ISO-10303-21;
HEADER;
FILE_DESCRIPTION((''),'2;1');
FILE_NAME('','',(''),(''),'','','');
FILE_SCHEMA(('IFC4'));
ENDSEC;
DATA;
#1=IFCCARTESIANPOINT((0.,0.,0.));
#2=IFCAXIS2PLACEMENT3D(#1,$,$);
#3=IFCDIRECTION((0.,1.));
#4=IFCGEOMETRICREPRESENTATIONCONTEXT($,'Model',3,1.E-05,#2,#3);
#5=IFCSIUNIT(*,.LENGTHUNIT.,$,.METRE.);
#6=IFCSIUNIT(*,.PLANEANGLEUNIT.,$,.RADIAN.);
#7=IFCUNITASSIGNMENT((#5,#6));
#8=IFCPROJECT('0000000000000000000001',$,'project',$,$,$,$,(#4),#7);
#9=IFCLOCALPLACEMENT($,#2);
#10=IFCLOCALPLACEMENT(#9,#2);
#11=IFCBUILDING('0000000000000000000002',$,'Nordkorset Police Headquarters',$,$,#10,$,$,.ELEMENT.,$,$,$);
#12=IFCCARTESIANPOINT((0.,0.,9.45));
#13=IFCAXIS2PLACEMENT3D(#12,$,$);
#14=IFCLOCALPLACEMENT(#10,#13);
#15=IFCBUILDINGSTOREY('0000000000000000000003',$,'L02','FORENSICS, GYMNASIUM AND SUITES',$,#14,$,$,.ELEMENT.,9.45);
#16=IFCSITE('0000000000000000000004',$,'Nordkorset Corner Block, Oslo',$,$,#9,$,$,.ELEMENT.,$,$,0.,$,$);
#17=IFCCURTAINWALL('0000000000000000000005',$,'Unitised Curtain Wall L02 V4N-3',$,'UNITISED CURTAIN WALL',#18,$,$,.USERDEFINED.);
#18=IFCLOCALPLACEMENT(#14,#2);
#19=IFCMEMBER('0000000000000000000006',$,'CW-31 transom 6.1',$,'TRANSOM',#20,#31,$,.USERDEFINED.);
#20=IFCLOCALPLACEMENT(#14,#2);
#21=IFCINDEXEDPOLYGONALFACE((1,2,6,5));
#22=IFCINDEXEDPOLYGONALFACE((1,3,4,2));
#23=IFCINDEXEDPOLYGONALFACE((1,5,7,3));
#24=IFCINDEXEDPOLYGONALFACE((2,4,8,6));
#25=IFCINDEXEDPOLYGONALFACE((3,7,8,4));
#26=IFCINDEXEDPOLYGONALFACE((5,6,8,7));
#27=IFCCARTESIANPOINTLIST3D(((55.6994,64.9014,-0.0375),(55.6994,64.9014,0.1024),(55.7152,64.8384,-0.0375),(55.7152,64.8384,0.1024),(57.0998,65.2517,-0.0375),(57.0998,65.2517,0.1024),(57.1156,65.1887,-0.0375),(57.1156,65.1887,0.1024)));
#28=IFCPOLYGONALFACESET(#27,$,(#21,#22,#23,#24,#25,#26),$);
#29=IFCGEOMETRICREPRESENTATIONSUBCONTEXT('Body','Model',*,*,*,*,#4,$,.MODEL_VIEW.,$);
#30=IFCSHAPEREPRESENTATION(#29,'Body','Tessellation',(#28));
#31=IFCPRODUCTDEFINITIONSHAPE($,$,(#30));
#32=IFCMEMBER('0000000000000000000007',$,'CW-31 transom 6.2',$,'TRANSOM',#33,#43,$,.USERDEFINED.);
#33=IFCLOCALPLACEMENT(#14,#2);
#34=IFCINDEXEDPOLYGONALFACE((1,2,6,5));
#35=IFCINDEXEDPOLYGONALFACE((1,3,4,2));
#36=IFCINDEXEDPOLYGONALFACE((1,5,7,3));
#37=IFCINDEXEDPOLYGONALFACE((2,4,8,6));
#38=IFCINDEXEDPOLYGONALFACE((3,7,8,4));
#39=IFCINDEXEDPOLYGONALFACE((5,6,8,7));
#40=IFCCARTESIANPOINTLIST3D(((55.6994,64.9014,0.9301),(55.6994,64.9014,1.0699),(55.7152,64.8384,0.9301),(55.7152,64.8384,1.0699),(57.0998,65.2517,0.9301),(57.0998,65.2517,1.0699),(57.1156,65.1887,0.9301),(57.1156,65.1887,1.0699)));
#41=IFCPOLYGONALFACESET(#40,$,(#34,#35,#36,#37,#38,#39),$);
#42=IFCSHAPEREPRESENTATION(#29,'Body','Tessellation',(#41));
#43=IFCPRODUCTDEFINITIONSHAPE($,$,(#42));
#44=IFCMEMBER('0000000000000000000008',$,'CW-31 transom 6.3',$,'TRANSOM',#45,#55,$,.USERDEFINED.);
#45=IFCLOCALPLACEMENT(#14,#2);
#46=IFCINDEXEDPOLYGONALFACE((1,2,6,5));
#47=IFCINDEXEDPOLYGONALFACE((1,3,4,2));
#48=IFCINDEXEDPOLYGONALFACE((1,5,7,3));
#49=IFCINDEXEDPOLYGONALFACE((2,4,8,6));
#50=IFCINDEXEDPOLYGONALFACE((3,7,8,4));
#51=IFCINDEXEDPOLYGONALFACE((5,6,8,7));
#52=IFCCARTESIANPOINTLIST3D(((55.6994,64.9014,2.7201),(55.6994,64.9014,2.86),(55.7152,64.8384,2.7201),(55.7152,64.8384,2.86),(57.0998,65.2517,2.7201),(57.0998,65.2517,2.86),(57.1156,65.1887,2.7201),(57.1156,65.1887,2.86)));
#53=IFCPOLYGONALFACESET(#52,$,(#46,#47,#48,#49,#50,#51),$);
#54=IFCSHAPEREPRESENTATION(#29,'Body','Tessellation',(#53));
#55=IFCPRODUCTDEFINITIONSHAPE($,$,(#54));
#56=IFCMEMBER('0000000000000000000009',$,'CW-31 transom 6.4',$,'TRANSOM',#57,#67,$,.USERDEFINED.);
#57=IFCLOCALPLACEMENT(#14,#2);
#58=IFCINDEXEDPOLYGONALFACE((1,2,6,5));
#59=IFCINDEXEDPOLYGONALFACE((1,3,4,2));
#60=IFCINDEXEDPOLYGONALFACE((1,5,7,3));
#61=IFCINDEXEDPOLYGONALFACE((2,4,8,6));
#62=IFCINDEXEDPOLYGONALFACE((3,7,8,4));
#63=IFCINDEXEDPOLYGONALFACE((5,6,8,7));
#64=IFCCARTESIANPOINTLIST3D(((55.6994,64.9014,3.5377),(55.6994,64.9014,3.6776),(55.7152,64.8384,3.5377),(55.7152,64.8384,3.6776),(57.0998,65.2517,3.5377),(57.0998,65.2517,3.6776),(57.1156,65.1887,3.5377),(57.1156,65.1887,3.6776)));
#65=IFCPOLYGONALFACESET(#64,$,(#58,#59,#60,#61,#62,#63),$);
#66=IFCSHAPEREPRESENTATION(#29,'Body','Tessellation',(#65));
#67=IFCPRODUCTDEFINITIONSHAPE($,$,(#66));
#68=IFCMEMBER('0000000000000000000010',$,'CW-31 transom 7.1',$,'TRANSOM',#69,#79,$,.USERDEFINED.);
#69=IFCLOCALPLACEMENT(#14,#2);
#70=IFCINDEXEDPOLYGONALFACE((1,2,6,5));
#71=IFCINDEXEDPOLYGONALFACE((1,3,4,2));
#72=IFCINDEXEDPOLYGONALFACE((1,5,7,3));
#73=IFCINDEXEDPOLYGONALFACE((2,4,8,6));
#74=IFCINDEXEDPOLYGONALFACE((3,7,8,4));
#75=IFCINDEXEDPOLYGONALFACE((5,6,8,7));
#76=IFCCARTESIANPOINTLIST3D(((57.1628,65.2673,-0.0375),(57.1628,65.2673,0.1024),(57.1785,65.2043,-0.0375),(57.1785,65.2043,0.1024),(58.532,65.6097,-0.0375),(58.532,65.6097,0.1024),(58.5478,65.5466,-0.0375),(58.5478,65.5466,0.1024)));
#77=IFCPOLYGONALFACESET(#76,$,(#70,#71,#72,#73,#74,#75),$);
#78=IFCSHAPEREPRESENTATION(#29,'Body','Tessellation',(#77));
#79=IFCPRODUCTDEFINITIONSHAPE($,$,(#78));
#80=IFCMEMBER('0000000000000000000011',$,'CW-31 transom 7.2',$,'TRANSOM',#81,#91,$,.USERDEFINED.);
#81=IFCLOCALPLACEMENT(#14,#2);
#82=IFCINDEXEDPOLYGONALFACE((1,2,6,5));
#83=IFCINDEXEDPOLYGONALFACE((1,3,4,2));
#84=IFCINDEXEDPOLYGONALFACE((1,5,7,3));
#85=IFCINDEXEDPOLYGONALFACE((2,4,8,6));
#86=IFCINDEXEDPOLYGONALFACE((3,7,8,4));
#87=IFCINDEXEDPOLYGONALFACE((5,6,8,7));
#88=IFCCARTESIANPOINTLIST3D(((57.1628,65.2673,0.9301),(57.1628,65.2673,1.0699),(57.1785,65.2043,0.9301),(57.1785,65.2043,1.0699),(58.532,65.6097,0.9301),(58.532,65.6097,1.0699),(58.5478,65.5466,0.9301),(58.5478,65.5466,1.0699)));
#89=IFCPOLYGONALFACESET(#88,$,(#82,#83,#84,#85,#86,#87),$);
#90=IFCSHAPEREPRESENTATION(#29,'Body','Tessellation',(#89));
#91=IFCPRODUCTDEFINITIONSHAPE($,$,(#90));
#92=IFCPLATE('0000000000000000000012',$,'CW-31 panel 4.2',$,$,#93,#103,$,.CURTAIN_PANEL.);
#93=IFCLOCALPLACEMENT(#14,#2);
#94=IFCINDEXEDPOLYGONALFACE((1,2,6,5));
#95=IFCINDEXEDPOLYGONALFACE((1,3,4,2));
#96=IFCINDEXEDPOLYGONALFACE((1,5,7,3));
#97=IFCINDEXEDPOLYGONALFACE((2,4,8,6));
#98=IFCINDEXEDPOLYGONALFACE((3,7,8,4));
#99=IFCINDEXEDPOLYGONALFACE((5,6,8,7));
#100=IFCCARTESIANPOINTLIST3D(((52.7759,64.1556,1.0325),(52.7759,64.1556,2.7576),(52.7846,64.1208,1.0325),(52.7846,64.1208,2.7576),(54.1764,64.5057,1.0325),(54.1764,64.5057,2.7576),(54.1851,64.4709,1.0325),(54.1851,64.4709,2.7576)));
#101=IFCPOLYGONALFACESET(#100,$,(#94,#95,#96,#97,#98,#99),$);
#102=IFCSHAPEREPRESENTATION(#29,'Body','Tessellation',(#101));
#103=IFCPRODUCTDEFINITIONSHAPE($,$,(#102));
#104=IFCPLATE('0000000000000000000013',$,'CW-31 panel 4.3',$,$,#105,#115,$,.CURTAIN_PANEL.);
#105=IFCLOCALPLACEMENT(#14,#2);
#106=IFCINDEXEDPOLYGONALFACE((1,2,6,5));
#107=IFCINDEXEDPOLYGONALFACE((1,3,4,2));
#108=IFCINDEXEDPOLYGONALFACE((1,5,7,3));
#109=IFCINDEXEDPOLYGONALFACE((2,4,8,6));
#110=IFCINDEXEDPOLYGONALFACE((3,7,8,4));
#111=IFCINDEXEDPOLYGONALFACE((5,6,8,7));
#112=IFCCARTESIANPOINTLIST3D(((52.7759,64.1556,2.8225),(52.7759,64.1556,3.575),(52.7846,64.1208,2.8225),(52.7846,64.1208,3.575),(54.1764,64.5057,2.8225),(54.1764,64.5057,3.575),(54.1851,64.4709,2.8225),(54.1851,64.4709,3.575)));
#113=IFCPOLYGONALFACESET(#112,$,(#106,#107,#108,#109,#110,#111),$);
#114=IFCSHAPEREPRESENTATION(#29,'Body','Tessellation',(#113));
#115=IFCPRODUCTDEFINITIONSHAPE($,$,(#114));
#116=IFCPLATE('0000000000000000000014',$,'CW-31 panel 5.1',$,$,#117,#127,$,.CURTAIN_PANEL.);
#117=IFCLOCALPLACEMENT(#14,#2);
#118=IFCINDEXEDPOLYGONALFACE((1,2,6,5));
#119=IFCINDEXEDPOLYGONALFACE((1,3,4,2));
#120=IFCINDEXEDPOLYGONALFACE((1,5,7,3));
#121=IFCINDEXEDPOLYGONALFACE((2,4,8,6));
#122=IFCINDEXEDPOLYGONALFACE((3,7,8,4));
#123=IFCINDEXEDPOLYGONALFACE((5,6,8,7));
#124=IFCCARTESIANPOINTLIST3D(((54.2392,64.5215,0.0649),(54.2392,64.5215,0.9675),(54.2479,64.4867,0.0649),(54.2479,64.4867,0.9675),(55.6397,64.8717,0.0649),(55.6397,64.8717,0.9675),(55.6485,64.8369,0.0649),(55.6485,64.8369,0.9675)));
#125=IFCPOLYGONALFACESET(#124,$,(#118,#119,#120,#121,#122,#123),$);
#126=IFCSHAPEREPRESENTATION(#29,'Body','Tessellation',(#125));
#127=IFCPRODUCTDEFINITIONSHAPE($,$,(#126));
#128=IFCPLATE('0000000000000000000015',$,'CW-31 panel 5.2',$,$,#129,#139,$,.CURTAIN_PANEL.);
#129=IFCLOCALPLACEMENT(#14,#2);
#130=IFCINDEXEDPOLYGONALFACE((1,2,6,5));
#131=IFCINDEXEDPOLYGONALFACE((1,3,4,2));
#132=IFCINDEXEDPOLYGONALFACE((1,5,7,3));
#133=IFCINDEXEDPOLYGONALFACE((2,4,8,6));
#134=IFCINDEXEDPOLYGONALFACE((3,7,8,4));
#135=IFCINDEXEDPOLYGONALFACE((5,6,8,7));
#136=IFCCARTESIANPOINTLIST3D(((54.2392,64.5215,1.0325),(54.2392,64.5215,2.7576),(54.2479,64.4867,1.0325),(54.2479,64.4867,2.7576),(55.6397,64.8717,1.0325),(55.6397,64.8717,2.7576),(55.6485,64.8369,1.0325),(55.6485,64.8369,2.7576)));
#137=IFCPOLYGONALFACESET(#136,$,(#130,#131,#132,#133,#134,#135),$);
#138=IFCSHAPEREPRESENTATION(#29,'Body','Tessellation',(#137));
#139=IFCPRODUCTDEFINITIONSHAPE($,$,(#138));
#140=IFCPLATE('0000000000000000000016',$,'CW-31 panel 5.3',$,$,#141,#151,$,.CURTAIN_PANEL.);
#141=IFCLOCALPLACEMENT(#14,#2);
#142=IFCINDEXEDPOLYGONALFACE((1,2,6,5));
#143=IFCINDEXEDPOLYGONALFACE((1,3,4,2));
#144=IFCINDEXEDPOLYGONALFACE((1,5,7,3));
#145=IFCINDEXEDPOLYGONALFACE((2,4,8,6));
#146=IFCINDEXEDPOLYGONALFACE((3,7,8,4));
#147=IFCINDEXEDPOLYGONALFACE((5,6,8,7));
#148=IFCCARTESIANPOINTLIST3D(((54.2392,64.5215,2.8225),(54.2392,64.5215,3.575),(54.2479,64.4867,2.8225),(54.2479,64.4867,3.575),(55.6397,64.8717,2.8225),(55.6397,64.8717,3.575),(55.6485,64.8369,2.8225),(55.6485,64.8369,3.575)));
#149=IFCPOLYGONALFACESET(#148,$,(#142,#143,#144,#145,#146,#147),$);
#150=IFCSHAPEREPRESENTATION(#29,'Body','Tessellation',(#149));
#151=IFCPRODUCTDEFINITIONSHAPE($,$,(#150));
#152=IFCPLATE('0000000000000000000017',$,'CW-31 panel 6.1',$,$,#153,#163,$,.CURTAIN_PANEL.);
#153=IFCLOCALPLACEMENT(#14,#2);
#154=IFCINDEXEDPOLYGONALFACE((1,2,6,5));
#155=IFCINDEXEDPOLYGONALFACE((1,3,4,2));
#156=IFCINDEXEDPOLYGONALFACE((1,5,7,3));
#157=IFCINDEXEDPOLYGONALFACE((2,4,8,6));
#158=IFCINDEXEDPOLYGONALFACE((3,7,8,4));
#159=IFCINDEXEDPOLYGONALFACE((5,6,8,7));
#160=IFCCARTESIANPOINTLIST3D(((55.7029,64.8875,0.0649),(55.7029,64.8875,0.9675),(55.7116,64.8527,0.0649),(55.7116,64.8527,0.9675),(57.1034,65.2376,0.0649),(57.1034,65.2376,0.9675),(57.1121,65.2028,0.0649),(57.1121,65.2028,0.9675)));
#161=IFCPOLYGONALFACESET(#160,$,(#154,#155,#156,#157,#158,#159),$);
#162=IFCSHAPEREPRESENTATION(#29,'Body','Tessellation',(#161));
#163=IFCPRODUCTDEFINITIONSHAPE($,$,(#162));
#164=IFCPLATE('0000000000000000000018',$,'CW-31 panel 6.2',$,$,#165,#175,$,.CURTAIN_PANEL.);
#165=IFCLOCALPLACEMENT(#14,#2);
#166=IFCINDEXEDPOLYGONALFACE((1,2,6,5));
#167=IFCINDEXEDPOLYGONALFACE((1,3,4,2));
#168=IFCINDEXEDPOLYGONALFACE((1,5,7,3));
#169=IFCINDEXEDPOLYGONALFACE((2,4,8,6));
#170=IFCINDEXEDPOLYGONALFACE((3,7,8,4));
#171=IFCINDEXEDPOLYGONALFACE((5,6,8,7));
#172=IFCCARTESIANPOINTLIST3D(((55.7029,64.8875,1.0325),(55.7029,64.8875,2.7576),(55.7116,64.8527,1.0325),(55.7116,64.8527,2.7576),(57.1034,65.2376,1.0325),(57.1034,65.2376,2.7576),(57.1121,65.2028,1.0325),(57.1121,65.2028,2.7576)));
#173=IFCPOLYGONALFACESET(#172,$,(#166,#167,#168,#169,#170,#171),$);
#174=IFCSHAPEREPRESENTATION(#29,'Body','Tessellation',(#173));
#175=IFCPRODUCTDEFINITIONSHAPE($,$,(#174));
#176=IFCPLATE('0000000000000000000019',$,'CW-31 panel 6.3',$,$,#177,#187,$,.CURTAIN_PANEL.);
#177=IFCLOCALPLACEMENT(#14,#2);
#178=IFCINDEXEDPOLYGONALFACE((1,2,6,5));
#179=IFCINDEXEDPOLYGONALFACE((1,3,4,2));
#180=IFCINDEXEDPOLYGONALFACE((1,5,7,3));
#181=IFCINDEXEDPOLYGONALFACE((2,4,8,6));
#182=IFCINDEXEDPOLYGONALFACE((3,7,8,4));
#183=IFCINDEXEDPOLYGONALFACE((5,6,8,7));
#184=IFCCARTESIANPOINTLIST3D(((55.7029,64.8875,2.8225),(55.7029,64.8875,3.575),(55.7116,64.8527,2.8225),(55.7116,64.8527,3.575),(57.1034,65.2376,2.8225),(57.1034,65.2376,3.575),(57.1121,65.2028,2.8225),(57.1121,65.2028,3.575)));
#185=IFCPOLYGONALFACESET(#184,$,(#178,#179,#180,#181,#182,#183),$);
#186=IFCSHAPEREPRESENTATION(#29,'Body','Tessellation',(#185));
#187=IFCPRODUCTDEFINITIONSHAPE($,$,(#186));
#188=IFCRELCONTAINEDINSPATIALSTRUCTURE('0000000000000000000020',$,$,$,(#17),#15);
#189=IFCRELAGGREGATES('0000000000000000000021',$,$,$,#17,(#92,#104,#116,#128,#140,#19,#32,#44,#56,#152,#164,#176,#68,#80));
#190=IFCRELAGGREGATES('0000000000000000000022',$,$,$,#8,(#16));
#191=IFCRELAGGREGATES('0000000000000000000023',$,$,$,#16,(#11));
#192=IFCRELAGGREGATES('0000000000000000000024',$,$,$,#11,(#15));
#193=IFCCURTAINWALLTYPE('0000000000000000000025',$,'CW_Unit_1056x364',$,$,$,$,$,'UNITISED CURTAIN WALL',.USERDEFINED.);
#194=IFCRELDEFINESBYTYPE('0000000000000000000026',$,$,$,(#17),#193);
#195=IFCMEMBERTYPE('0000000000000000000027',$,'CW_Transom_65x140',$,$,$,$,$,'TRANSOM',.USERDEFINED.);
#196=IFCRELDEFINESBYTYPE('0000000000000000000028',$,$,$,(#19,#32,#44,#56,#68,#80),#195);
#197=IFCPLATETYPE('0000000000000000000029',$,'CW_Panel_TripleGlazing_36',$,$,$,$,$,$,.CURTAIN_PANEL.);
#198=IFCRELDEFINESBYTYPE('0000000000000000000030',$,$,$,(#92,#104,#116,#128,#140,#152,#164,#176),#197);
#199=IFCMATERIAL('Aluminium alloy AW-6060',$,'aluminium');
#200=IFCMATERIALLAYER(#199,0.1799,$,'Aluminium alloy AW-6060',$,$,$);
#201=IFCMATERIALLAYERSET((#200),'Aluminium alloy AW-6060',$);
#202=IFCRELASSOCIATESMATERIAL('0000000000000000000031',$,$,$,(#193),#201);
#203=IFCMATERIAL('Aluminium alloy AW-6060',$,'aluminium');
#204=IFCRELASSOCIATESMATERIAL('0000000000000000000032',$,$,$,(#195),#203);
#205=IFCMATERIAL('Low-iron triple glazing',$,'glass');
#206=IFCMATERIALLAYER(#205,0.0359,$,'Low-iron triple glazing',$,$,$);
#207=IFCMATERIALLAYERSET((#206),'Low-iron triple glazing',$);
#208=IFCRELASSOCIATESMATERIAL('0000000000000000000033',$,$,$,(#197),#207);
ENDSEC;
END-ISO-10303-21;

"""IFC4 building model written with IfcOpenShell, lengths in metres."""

from ifc_helpers import new_model, si_unit, direction, frame, origin, origin_2d, place, context, subcontext, project, spatial, rectangle, extrude, material, layer, layer_set, material_profile, profile_set, type_object, element, aggregate, save


model = new_model("IFC4")

# Units and contexts
model_context = context("Model", 3, precision=1e-05, world=origin(), true_north=direction((0.0, 1.0)))
body_context = subcontext(model_context, "Body", "Model", "MODEL_VIEW")
ifc_project = project(units=[si_unit("LENGTHUNIT", "METRE"), si_unit("PLANEANGLEUNIT", "RADIAN")], contexts=[model_context])

# Site, building, storey
site_placement = place(None, origin())
site = spatial("IfcSite", under=ifc_project, at=site_placement, Name="Nordkorset Corner Block, Oslo", CompositionType="ELEMENT", RefElevation=0.0)
building_placement = place(site_placement, origin())
building = spatial("IfcBuilding", under=site, at=building_placement, Name="Nordkorset Police Headquarters", CompositionType="ELEMENT")
storey_placement = place(building_placement, frame((0.0, 0.0, 9.45)))
storey = spatial("IfcBuildingStorey", under=building, at=storey_placement, Name="L02", Description="FORENSICS, GYMNASIUM AND SUITES", CompositionType="ELEMENT", Elevation=9.45)

# Curtain wall, members, plates
ifc_material_1 = material(Name="Aluminium alloy AW-6060", Category="aluminium")
ifc_layer_1 = layer(ifc_material_1, 0.1799, Name="Aluminium alloy AW-6060")
ifc_layer_set_1 = layer_set([ifc_layer_1], Name="Aluminium alloy AW-6060")
curtain_wall_type = type_object("IfcCurtainWallType", Name="CW_Unit_1056x364", ElementType="UNITISED CURTAIN WALL", PredefinedType="USERDEFINED", material=ifc_layer_set_1)
curtain_wall_placement = place(storey_placement, origin())
curtain_wall = element("IfcCurtainWall", 1, at=curtain_wall_placement, inside=storey, type_object=curtain_wall_type, Name="Unitised Curtain Wall L02 V4N-3", ObjectType="UNITISED CURTAIN WALL", PredefinedType="USERDEFINED")
ifc_material_2 = material(Name="Aluminium alloy AW-6060", Category="aluminium")
ifc_material_profile_1 = material_profile(ifc_material_2, rectangle(XDim=0.0649, YDim=0.1399, at=origin_2d()), Name="ALU TRAN 65x140")
ifc_profile_set_1 = profile_set([ifc_material_profile_1], Name="Aluminium alloy AW-6060")
member_type_1 = type_object("IfcMemberType", Name="CW_Transom_65x140", ElementType="TRANSOM", PredefinedType="USERDEFINED", material=ifc_profile_set_1)
member_1_placement = place(storey_placement, frame((55.7073, 64.8699, 0.0325), z_axis=(0.970103, 0.242695, 0.0), x_axis=(-0.242695, 0.970103, 0.0)))
member_1 = element("IfcMember", 2, at=member_1_placement, type_object=member_type_1, Name="CW-31 transom 6.1", ObjectType="TRANSOM", PredefinedType="USERDEFINED", context=body_context, shape_type="SweptSolid", body=[
    extrude(rectangle(XDim=0.0649, YDim=0.1399, at=origin_2d()), origin(), (0.0, 0.0, 1.0), 1.4436),
])
member_2_placement = place(storey_placement, frame((55.7073, 64.8699, 1.0), z_axis=(0.970103, 0.242695, 0.0), x_axis=(-0.242695, 0.970103, 0.0)))
member_2 = element("IfcMember", 3, at=member_2_placement, type_object=member_type_1, Name="CW-31 transom 6.2", ObjectType="TRANSOM", PredefinedType="USERDEFINED", context=body_context, shape_type="SweptSolid", body=[
    extrude(rectangle(XDim=0.0649, YDim=0.1399, at=origin_2d()), origin(), (0.0, 0.0, 1.0), 1.4436),
])
member_3_placement = place(storey_placement, frame((55.7073, 64.8699, 2.79), z_axis=(0.970103, 0.242695, 0.0), x_axis=(-0.242695, 0.970103, 0.0)))
member_3 = element("IfcMember", 4, at=member_3_placement, type_object=member_type_1, Name="CW-31 transom 6.3", ObjectType="TRANSOM", PredefinedType="USERDEFINED", context=body_context, shape_type="SweptSolid", body=[
    extrude(rectangle(XDim=0.0649, YDim=0.1399, at=origin_2d()), origin(), (0.0, 0.0, 1.0), 1.4436),
])
member_4_placement = place(storey_placement, frame((55.7073, 64.8699, 3.6077), z_axis=(0.970103, 0.242695, 0.0), x_axis=(-0.242695, 0.970103, 0.0)))
member_4 = element("IfcMember", 5, at=member_4_placement, type_object=member_type_1, Name="CW-31 transom 6.4", ObjectType="TRANSOM", PredefinedType="USERDEFINED", context=body_context, shape_type="SweptSolid", body=[
    extrude(rectangle(XDim=0.0649, YDim=0.1399, at=origin_2d()), origin(), (0.0, 0.0, 1.0), 1.4436),
])
member_5_placement = place(storey_placement, frame((57.1707, 65.2358, 0.0325), z_axis=(0.970143, 0.242536, 0.0), x_axis=(-0.242536, 0.970143, 0.0)))
member_5 = element("IfcMember", 6, at=member_5_placement, type_object=member_type_1, Name="CW-31 transom 7.1", ObjectType="TRANSOM", PredefinedType="USERDEFINED", context=body_context, shape_type="SweptSolid", body=[
    extrude(rectangle(XDim=0.0649, YDim=0.1399, at=origin_2d()), origin(), (0.0, 0.0, 1.0), 1.4114),
])
member_6_placement = place(storey_placement, frame((57.1707, 65.2358, 1.0), z_axis=(0.970143, 0.242536, 0.0), x_axis=(-0.242536, 0.970143, 0.0)))
member_6 = element("IfcMember", 7, at=member_6_placement, type_object=member_type_1, Name="CW-31 transom 7.2", ObjectType="TRANSOM", PredefinedType="USERDEFINED", context=body_context, shape_type="SweptSolid", body=[
    extrude(rectangle(XDim=0.0649, YDim=0.1399, at=origin_2d()), origin(), (0.0, 0.0, 1.0), 1.4114),
])
ifc_material_3 = material(Name="Low-iron triple glazing", Category="glass")
ifc_layer_2 = layer(ifc_material_3, 0.0359, Name="Low-iron triple glazing")
ifc_layer_set_2 = layer_set([ifc_layer_2], Name="Low-iron triple glazing")
plate_type = type_object("IfcPlateType", Name="CW_Panel_TripleGlazing_36", PredefinedType="CURTAIN_PANEL", material=ifc_layer_set_2)
plate_1_placement = place(storey_placement, frame((53.4805, 64.3132, 1.0325), z_axis=(0.0, 0.0, 1.0), x_axis=(0.970142, 0.242536, 0.0)))
plate_1 = element("IfcPlate", 8, at=plate_1_placement, type_object=plate_type, Name="CW-31 panel 4.2", PredefinedType="CURTAIN_PANEL", context=body_context, shape_type="SweptSolid", body=[
    extrude(rectangle(XDim=1.4436, YDim=0.0359, at=origin_2d()), origin(), (0.0, 0.0, 1.0), 1.7251),
])
plate_2_placement = place(storey_placement, frame((53.4805, 64.3132, 2.8225), z_axis=(0.0, 0.0, 1.0), x_axis=(0.970142, 0.242536, 0.0)))
plate_2 = element("IfcPlate", 9, at=plate_2_placement, type_object=plate_type, Name="CW-31 panel 4.3", PredefinedType="CURTAIN_PANEL", context=body_context, shape_type="SweptSolid", body=[
    extrude(rectangle(XDim=1.4436, YDim=0.0359, at=origin_2d()), origin(), (0.0, 0.0, 1.0), 0.7524),
])
plate_3_placement = place(storey_placement, frame((54.9438, 64.6792, 0.0649), z_axis=(0.0, 0.0, 1.0), x_axis=(0.970142, 0.242536, 0.0)))
plate_3 = element("IfcPlate", 10, at=plate_3_placement, type_object=plate_type, Name="CW-31 panel 5.1", PredefinedType="CURTAIN_PANEL", context=body_context, shape_type="SweptSolid", body=[
    extrude(rectangle(XDim=1.4436, YDim=0.0359, at=origin_2d()), origin(), (0.0, 0.0, 1.0), 0.9026),
])
plate_4_placement = place(storey_placement, frame((54.9438, 64.6792, 1.0325), z_axis=(0.0, 0.0, 1.0), x_axis=(0.970142, 0.242536, 0.0)))
plate_4 = element("IfcPlate", 11, at=plate_4_placement, type_object=plate_type, Name="CW-31 panel 5.2", PredefinedType="CURTAIN_PANEL", context=body_context, shape_type="SweptSolid", body=[
    extrude(rectangle(XDim=1.4436, YDim=0.0359, at=origin_2d()), origin(), (0.0, 0.0, 1.0), 1.7251),
])
plate_5_placement = place(storey_placement, frame((54.9438, 64.6792, 2.8225), z_axis=(0.0, 0.0, 1.0), x_axis=(0.970142, 0.242536, 0.0)))
plate_5 = element("IfcPlate", 12, at=plate_5_placement, type_object=plate_type, Name="CW-31 panel 5.3", PredefinedType="CURTAIN_PANEL", context=body_context, shape_type="SweptSolid", body=[
    extrude(rectangle(XDim=1.4436, YDim=0.0359, at=origin_2d()), origin(), (0.0, 0.0, 1.0), 0.7524),
])
plate_6_placement = place(storey_placement, frame((56.4075, 65.0452, 0.0649), z_axis=(0.0, 0.0, 1.0), x_axis=(0.970142, 0.242536, 0.0)))
plate_6 = element("IfcPlate", 13, at=plate_6_placement, type_object=plate_type, Name="CW-31 panel 6.1", PredefinedType="CURTAIN_PANEL", context=body_context, shape_type="SweptSolid", body=[
    extrude(rectangle(XDim=1.4436, YDim=0.0359, at=origin_2d()), origin(), (0.0, 0.0, 1.0), 0.9026),
])
plate_7_placement = place(storey_placement, frame((56.4075, 65.0452, 1.0325), z_axis=(0.0, 0.0, 1.0), x_axis=(0.970142, 0.242536, 0.0)))
plate_7 = element("IfcPlate", 14, at=plate_7_placement, type_object=plate_type, Name="CW-31 panel 6.2", PredefinedType="CURTAIN_PANEL", context=body_context, shape_type="SweptSolid", body=[
    extrude(rectangle(XDim=1.4436, YDim=0.0359, at=origin_2d()), origin(), (0.0, 0.0, 1.0), 1.7251),
])
plate_8_placement = place(storey_placement, frame((56.4075, 65.0452, 2.8225), z_axis=(0.0, 0.0, 1.0), x_axis=(0.970142, 0.242536, 0.0)))
plate_8 = element("IfcPlate", 15, at=plate_8_placement, type_object=plate_type, Name="CW-31 panel 6.3", PredefinedType="CURTAIN_PANEL", context=body_context, shape_type="SweptSolid", body=[
    extrude(rectangle(XDim=1.4436, YDim=0.0359, at=origin_2d()), origin(), (0.0, 0.0, 1.0), 0.7524),
])
aggregate(curtain_wall, [plate_1, plate_2, plate_3, plate_4, plate_5, member_1, member_2, member_3, member_4, plate_6, plate_7, plate_8, member_5, member_6])

save(model, "model.ifc")
